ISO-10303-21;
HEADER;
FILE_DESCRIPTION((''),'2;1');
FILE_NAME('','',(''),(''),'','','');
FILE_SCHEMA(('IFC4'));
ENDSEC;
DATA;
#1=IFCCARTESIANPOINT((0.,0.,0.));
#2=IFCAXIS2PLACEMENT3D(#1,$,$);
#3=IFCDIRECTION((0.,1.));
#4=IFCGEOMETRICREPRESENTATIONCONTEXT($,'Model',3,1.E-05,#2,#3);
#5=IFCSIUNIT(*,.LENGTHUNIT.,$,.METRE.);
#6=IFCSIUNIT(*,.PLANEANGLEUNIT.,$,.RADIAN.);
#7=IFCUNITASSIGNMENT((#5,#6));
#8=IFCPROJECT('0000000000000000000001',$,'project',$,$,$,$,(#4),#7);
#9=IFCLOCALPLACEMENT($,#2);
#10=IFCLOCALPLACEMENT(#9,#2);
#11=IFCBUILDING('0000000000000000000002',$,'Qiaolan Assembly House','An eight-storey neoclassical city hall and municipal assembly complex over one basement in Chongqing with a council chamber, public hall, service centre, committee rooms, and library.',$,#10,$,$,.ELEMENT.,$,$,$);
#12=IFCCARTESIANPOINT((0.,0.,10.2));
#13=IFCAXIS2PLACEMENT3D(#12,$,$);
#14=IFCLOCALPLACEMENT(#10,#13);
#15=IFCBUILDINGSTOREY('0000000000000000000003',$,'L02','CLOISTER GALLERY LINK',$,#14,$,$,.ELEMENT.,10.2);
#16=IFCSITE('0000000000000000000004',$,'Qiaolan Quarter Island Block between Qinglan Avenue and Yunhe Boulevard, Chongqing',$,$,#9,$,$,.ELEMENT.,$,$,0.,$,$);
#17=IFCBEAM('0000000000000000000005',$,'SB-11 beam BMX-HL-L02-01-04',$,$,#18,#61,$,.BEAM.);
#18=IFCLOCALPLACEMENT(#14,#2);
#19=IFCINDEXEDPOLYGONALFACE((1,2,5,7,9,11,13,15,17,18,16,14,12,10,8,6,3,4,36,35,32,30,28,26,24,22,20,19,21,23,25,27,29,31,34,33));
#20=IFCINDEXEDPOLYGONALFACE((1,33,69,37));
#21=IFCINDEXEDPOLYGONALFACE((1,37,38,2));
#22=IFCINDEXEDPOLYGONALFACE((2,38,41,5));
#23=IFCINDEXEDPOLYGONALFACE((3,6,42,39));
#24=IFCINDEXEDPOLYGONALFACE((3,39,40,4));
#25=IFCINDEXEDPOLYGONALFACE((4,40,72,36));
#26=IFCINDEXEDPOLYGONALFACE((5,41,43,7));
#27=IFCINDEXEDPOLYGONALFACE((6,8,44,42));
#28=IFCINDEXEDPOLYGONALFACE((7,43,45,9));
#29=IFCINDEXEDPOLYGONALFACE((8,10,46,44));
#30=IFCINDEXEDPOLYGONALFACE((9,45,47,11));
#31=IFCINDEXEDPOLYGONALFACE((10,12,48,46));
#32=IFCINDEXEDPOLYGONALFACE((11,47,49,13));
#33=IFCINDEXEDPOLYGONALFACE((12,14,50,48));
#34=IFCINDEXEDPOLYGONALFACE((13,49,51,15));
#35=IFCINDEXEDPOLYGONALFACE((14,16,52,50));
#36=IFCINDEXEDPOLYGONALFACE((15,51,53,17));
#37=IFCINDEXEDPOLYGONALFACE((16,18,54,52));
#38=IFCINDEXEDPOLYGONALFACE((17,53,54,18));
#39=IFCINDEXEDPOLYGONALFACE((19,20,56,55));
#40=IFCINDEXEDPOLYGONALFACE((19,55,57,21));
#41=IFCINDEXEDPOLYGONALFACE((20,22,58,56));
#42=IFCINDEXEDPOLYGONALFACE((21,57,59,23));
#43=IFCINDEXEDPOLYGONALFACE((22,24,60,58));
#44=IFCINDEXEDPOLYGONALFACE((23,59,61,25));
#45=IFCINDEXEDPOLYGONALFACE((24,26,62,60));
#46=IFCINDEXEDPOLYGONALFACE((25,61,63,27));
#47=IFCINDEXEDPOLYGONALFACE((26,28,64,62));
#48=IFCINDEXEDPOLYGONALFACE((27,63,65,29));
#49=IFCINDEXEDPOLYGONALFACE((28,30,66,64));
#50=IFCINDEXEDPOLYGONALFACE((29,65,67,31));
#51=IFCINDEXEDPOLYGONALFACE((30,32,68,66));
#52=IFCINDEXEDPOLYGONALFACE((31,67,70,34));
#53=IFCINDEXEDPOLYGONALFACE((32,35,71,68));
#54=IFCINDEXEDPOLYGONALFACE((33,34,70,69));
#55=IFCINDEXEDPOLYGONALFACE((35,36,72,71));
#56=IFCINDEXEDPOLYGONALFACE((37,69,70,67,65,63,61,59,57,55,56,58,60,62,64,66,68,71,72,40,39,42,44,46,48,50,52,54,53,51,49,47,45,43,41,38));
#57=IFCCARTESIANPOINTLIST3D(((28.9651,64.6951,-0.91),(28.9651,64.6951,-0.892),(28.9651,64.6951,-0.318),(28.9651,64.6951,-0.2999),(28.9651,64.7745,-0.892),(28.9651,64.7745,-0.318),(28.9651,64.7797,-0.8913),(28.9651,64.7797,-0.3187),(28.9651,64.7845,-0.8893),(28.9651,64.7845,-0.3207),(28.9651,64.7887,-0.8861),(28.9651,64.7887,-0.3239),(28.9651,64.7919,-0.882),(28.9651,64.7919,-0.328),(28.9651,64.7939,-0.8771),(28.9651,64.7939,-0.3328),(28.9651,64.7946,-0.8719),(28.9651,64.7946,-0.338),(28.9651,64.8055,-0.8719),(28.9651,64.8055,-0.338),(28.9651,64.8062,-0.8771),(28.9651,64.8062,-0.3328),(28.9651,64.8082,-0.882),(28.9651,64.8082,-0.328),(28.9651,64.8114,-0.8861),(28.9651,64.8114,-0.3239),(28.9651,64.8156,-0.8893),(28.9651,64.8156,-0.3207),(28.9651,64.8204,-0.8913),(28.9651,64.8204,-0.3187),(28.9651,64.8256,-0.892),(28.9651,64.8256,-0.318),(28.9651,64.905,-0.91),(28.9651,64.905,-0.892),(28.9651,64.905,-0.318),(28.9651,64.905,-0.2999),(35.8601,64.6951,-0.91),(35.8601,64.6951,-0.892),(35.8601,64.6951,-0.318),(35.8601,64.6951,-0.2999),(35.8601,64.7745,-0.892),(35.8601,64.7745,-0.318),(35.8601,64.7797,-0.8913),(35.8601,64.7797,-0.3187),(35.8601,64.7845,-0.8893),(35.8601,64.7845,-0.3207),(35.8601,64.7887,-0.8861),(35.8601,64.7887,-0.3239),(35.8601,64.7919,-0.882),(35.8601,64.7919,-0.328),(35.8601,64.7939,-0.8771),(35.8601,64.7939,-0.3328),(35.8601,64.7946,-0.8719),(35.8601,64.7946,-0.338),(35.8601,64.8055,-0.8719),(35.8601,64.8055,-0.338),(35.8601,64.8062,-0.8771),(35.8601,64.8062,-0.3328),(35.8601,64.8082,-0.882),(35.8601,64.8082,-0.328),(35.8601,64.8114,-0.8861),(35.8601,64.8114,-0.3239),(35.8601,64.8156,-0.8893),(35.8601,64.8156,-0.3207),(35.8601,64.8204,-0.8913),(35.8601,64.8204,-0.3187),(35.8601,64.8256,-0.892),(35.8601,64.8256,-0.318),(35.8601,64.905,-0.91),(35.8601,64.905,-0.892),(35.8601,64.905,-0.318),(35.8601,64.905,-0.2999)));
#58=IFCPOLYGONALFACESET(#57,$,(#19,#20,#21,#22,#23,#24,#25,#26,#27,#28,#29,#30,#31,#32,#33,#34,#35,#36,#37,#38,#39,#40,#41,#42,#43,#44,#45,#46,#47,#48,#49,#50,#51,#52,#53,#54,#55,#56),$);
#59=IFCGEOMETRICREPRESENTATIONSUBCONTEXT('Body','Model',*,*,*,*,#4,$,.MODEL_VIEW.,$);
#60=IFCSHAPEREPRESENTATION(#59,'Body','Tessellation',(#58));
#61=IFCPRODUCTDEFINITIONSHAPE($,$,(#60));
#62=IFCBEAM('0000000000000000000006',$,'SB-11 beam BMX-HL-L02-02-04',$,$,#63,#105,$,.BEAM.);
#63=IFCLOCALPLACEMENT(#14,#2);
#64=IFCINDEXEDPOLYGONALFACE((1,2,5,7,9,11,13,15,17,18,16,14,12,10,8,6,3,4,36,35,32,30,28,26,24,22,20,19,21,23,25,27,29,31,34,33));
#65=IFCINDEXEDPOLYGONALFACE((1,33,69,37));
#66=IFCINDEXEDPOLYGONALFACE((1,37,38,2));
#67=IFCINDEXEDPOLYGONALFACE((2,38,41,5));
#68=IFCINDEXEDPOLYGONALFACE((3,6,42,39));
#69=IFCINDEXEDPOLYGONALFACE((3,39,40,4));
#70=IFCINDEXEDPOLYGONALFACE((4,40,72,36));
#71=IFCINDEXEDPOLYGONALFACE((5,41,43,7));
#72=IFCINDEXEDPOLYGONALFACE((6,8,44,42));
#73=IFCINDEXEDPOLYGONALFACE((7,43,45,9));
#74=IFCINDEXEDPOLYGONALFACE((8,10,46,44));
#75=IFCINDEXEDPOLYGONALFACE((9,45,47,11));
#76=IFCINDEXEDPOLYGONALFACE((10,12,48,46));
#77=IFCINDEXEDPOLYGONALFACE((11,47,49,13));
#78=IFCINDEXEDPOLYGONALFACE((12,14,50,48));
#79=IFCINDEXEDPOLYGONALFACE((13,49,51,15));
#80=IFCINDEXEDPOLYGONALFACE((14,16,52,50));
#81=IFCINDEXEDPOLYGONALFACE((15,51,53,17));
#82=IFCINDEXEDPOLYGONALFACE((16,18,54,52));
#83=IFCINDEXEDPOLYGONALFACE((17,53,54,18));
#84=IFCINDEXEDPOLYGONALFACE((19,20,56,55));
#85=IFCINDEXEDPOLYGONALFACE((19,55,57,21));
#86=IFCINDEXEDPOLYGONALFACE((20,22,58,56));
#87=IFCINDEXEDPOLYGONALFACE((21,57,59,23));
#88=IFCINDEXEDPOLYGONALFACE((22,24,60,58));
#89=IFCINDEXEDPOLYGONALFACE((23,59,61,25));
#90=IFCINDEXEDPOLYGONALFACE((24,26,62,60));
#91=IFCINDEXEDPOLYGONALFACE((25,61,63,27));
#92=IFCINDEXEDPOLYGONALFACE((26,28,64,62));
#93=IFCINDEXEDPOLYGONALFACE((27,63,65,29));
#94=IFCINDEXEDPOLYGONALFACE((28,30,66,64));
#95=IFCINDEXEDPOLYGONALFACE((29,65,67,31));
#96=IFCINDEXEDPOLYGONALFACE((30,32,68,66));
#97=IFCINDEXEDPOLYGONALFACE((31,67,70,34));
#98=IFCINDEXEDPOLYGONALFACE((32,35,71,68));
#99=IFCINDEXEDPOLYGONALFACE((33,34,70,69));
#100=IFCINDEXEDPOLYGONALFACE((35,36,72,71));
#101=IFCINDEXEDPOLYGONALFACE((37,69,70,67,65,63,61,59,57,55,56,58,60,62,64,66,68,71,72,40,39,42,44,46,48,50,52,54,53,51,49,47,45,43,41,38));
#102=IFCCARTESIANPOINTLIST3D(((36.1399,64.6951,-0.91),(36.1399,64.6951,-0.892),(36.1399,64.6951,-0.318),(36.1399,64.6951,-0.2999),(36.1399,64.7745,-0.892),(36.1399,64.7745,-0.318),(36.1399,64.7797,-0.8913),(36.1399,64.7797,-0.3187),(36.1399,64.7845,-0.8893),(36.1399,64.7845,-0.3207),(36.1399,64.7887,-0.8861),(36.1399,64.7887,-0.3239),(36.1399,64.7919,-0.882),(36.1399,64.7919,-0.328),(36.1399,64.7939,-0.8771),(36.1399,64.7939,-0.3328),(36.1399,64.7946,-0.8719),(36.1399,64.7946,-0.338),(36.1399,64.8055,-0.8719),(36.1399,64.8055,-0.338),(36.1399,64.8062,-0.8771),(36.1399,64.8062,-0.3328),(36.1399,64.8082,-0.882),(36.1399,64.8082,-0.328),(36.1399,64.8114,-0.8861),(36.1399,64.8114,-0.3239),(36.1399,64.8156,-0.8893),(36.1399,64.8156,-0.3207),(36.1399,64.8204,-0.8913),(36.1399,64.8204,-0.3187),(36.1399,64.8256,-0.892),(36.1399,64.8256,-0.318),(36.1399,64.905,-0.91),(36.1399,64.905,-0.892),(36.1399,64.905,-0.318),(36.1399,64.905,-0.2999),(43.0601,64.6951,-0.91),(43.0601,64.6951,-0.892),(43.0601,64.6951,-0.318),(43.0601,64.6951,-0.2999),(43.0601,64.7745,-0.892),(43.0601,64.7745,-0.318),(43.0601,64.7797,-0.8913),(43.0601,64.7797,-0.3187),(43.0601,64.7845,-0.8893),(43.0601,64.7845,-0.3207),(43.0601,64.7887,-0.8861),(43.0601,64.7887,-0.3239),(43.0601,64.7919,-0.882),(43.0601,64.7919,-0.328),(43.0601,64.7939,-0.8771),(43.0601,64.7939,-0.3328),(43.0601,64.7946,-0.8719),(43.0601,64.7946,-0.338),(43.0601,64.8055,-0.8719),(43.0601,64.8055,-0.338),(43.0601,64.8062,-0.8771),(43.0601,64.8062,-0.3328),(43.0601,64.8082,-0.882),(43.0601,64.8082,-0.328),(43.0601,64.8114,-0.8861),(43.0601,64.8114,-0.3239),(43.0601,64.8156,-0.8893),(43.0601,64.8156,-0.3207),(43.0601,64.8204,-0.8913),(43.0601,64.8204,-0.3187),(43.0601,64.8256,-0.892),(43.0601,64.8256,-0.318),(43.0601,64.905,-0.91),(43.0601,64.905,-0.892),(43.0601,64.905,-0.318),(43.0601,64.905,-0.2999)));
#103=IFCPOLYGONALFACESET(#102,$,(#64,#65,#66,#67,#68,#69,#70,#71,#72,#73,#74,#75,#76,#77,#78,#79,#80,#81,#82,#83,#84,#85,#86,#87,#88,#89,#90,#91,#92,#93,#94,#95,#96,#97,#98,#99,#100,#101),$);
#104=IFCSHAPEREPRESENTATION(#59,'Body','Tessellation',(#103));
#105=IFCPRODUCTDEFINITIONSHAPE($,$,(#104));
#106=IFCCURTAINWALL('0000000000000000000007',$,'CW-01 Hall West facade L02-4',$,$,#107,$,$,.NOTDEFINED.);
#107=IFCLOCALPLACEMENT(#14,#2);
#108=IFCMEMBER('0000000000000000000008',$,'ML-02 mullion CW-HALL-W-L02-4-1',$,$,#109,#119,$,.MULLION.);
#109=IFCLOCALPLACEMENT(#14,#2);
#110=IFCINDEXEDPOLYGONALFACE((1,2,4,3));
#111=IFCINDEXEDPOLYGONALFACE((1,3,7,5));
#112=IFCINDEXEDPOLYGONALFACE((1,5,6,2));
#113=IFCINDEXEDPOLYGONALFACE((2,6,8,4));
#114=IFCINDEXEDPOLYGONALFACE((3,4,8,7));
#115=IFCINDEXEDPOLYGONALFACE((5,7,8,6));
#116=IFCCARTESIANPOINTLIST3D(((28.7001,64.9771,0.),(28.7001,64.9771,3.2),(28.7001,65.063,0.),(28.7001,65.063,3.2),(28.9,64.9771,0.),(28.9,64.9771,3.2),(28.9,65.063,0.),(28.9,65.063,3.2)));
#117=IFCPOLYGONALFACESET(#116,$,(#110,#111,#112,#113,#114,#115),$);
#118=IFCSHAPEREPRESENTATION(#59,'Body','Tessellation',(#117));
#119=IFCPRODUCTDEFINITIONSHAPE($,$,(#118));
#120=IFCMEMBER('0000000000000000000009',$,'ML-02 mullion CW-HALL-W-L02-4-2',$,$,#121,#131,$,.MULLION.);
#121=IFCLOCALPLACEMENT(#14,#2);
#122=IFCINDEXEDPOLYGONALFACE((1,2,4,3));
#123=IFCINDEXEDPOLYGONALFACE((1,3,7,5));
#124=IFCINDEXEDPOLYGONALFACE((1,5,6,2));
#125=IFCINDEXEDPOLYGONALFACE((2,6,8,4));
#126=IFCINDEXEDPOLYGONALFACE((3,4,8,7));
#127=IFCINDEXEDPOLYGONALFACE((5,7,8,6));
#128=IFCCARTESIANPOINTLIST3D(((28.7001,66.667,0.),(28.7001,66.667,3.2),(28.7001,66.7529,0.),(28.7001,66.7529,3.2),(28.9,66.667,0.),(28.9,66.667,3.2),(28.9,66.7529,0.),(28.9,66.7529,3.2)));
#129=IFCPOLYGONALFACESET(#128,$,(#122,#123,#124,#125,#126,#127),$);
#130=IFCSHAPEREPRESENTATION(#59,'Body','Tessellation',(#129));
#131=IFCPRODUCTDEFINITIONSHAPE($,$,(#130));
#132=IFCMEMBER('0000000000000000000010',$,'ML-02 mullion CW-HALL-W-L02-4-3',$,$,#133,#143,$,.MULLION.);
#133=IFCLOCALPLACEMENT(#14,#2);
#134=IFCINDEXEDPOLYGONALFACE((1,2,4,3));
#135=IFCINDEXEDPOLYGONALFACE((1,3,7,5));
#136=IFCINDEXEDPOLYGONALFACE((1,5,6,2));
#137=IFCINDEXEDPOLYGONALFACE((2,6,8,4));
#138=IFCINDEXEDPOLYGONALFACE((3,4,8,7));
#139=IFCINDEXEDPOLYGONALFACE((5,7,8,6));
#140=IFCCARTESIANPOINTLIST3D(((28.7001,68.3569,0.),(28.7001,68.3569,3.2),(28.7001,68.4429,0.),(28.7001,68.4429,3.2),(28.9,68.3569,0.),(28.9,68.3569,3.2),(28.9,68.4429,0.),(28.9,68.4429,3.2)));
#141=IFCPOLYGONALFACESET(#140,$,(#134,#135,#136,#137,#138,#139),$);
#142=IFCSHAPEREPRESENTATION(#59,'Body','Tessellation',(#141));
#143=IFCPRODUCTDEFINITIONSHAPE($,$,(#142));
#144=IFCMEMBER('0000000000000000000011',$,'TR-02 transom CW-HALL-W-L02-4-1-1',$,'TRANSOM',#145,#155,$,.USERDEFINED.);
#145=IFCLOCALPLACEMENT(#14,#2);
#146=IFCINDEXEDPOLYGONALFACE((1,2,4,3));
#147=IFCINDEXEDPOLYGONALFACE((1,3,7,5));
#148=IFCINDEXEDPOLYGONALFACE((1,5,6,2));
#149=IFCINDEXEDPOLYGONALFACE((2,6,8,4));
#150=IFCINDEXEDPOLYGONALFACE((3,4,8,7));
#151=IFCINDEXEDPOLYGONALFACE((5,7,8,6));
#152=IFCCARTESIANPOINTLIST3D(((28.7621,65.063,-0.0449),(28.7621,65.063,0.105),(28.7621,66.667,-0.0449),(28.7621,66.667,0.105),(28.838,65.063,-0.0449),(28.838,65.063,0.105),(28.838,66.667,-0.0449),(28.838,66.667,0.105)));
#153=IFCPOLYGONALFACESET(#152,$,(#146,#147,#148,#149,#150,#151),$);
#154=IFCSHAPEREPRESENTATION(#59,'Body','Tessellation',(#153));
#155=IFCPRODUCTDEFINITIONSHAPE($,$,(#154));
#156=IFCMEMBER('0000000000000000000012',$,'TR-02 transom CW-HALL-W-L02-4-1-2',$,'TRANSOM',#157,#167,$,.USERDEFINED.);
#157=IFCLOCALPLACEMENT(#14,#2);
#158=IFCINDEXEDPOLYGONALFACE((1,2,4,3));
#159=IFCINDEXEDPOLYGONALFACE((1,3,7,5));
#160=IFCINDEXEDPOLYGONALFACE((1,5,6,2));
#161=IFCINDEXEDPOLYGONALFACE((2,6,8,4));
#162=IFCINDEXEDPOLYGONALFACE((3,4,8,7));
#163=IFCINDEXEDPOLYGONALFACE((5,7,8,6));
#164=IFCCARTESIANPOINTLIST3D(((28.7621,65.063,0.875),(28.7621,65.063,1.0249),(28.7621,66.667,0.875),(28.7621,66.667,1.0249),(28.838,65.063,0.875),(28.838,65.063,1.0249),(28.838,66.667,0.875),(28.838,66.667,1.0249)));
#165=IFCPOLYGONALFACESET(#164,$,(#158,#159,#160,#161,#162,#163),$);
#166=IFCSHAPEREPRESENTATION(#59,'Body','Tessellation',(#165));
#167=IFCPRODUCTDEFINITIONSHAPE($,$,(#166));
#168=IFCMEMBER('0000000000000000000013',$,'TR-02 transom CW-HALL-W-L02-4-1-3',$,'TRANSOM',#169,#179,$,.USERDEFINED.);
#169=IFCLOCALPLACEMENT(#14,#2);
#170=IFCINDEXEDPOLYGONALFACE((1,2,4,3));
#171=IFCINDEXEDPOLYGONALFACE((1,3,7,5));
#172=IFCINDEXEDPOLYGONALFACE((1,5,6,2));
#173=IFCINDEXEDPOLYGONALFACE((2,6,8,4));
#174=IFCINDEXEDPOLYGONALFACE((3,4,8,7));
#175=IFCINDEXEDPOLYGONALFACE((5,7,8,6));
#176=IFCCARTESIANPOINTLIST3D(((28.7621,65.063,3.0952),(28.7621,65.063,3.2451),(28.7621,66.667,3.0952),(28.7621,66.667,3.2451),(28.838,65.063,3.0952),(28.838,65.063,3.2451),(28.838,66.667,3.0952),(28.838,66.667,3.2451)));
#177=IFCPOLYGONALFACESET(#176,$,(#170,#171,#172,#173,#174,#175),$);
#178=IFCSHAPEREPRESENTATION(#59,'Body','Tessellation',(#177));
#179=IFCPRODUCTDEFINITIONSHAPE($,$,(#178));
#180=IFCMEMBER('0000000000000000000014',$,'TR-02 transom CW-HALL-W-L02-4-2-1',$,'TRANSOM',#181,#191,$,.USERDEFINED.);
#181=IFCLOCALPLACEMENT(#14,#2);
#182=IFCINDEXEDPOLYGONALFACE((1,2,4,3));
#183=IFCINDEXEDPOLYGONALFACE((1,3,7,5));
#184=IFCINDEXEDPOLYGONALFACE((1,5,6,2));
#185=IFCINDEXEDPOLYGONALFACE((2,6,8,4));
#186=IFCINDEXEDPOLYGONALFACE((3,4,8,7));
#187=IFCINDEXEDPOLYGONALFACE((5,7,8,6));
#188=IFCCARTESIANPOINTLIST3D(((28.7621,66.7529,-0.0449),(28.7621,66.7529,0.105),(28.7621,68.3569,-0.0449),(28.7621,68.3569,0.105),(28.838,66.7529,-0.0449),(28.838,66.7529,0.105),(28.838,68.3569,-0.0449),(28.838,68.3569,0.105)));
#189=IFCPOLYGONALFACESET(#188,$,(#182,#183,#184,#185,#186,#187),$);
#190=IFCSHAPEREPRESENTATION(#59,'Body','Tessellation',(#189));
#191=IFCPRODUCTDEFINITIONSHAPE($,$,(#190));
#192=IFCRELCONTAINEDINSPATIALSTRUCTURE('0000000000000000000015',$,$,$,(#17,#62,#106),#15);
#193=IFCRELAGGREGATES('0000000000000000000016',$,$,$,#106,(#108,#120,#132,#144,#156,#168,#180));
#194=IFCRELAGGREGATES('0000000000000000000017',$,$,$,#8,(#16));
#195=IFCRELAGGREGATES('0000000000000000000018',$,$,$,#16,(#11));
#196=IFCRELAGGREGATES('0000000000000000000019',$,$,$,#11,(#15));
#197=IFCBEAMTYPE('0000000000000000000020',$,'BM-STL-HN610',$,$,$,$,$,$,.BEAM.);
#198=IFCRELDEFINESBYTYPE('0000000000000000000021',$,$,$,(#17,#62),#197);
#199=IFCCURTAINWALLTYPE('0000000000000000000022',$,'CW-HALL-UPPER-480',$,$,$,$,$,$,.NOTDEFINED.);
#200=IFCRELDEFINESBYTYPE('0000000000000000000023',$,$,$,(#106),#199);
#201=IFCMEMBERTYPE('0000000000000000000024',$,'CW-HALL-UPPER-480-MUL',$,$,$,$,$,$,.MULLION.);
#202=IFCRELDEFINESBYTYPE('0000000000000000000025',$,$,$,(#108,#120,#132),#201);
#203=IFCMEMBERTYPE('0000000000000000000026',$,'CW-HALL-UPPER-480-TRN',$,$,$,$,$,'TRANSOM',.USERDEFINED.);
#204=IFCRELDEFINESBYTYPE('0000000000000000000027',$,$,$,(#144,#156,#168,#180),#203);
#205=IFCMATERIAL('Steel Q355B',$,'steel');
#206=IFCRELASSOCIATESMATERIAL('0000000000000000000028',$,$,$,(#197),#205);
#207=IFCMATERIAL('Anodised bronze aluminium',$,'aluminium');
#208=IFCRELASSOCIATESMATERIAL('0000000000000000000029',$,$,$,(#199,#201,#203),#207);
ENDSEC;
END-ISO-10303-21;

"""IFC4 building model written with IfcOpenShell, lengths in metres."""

from ifc_helpers import new_model, si_unit, direction, frame, origin, origin_2d, place, context, subcontext, project, spatial, rectangle, i_section, extrude, material, material_profile, profile_set, type_object, element, aggregate, save


model = new_model("IFC4")

# Units and contexts
model_context = context("Model", 3, precision=1e-05, world=origin(), true_north=direction((0.0, 1.0)))
body_context = subcontext(model_context, "Body", "Model", "MODEL_VIEW")
ifc_project = project(units=[si_unit("LENGTHUNIT", "METRE"), si_unit("PLANEANGLEUNIT", "RADIAN")], contexts=[model_context])

# Site, building, storey
site_placement = place(None, origin())
site = spatial("IfcSite", under=ifc_project, at=site_placement, Name="Qiaolan Quarter Island Block between Qinglan Avenue and Yunhe Boulevard, Chongqing", CompositionType="ELEMENT", RefElevation=0.0)
building_placement = place(site_placement, origin())
building = spatial("IfcBuilding", under=site, at=building_placement, Name="Qiaolan Assembly House", Description="An eight-storey neoclassical city hall and municipal assembly complex over one basement in Chongqing with a council chamber, public hall, service centre, committee rooms, and library.", CompositionType="ELEMENT")
storey_placement = place(building_placement, frame((0.0, 0.0, 10.2)))
storey = spatial("IfcBuildingStorey", under=building, at=storey_placement, Name="L02", Description="CLOISTER GALLERY LINK", CompositionType="ELEMENT", Elevation=10.2)

# Shared definitions
ifc_material_1 = material(Name="Steel Q355B", Category="steel")

# Beams
ifc_material_profile_1 = material_profile(ifc_material_1, i_section(OverallWidth=0.21, OverallDepth=0.6101, WebThickness=0.011, FlangeThickness=0.0181, FilletRadius=0.02, at=origin_2d()), Name="HN 610x210x11x18")
ifc_profile_set_1 = profile_set([ifc_material_profile_1], Name="Steel Q355B")
beam_type_1 = type_object("IfcBeamType", Name="BM-STL-HN610", PredefinedType="BEAM", material=ifc_profile_set_1)
beam_1_placement = place(storey_placement, frame((28.9651, 64.8, -0.605), z_axis=(1.0, 0.0, 0.0), x_axis=(0.0, 1.0, 0.0)))
element("IfcBeam", 1, at=beam_1_placement, inside=storey, type_object=beam_type_1, Name="SB-11 beam BMX-HL-L02-01-04", PredefinedType="BEAM", context=body_context, shape_type="SweptSolid", body=[
    extrude(i_section(OverallWidth=0.21, OverallDepth=0.6101, WebThickness=0.011, FlangeThickness=0.0181, FilletRadius=0.02, at=origin_2d()), origin(), (0.0, 0.0, 1.0), 6.895),
])
beam_2_placement = place(storey_placement, frame((36.1399, 64.8, -0.605), z_axis=(1.0, 0.0, 0.0), x_axis=(0.0, 1.0, 0.0)))
element("IfcBeam", 2, at=beam_2_placement, inside=storey, type_object=beam_type_1, Name="SB-11 beam BMX-HL-L02-02-04", PredefinedType="BEAM", context=body_context, shape_type="SweptSolid", body=[
    extrude(i_section(OverallWidth=0.21, OverallDepth=0.6101, WebThickness=0.011, FlangeThickness=0.0181, FilletRadius=0.02, at=origin_2d()), origin(), (0.0, 0.0, 1.0), 6.9202),
])

# Curtain wall, members
ifc_material_2 = material(Name="Anodised bronze aluminium", Category="aluminium")
curtain_wall_type = type_object("IfcCurtainWallType", Name="CW-HALL-UPPER-480", PredefinedType="NOTDEFINED", material=ifc_material_2)
curtain_wall_placement = place(storey_placement, origin())
curtain_wall = element("IfcCurtainWall", 3, at=curtain_wall_placement, inside=storey, type_object=curtain_wall_type, Name="CW-01 Hall West facade L02-4", PredefinedType="NOTDEFINED")
ifc_material_profile_2 = material_profile(ifc_material_2, rectangle(XDim=0.0859, YDim=0.2, at=origin_2d()), Name="MUL 86x200")
ifc_profile_set_2 = profile_set([ifc_material_profile_2], Name="Anodised bronze aluminium")
member_type_1 = type_object("IfcMemberType", Name="CW-HALL-UPPER-480-MUL", PredefinedType="MULLION", material=ifc_profile_set_2)
member_1_placement = place(storey_placement, frame((28.8, 65.02, 0.0), z_axis=(0.0, 0.0, 1.0), x_axis=(0.0, 1.0, 0.0)))
member_1 = element("IfcMember", 4, at=member_1_placement, type_object=member_type_1, Name="ML-02 mullion CW-HALL-W-L02-4-1", PredefinedType="MULLION", context=body_context, shape_type="SweptSolid", body=[
    extrude(rectangle(XDim=0.0859, YDim=0.2, at=origin_2d()), origin(), (0.0, 0.0, 1.0), 3.2),
])
member_2_placement = place(storey_placement, frame((28.8, 66.71, 0.0), z_axis=(0.0, 0.0, 1.0), x_axis=(0.0, 1.0, 0.0)))
member_2 = element("IfcMember", 5, at=member_2_placement, type_object=member_type_1, Name="ML-02 mullion CW-HALL-W-L02-4-2", PredefinedType="MULLION", context=body_context, shape_type="SweptSolid", body=[
    extrude(rectangle(XDim=0.0859, YDim=0.2, at=origin_2d()), origin(), (0.0, 0.0, 1.0), 3.2),
])
member_3_placement = place(storey_placement, frame((28.8, 68.3999, 0.0), z_axis=(0.0, 0.0, 1.0), x_axis=(0.0, 1.0, 0.0)))
member_3 = element("IfcMember", 6, at=member_3_placement, type_object=member_type_1, Name="ML-02 mullion CW-HALL-W-L02-4-3", PredefinedType="MULLION", context=body_context, shape_type="SweptSolid", body=[
    extrude(rectangle(XDim=0.0859, YDim=0.2, at=origin_2d()), origin(), (0.0, 0.0, 1.0), 3.2),
])
ifc_material_profile_3 = material_profile(ifc_material_2, rectangle(XDim=0.0759, YDim=0.1499, at=origin_2d()), Name="TRN 76x150")
ifc_profile_set_3 = profile_set([ifc_material_profile_3], Name="Anodised bronze aluminium")
member_type_2 = type_object("IfcMemberType", Name="CW-HALL-UPPER-480-TRN", ElementType="TRANSOM", PredefinedType="USERDEFINED", material=ifc_profile_set_3)
member_4_placement = place(storey_placement, frame((28.8, 65.063, 0.03), z_axis=(0.0, 1.0, 0.0), x_axis=(-1.0, 0.0, 0.0)))
member_4 = element("IfcMember", 7, at=member_4_placement, type_object=member_type_2, Name="TR-02 transom CW-HALL-W-L02-4-1-1", ObjectType="TRANSOM", PredefinedType="USERDEFINED", context=body_context, shape_type="SweptSolid", body=[
    extrude(rectangle(XDim=0.0759, YDim=0.1499, at=origin_2d()), origin(), (0.0, 0.0, 1.0), 1.604),
])
member_5_placement = place(storey_placement, frame((28.8, 65.063, 0.95), z_axis=(0.0, 1.0, 0.0), x_axis=(-1.0, 0.0, 0.0)))
member_5 = element("IfcMember", 8, at=member_5_placement, type_object=member_type_2, Name="TR-02 transom CW-HALL-W-L02-4-1-2", ObjectType="TRANSOM", PredefinedType="USERDEFINED", context=body_context, shape_type="SweptSolid", body=[
    extrude(rectangle(XDim=0.0759, YDim=0.1499, at=origin_2d()), origin(), (0.0, 0.0, 1.0), 1.604),
])
member_6_placement = place(storey_placement, frame((28.8, 65.063, 3.1702), z_axis=(0.0, 1.0, 0.0), x_axis=(-1.0, 0.0, 0.0)))
member_6 = element("IfcMember", 9, at=member_6_placement, type_object=member_type_2, Name="TR-02 transom CW-HALL-W-L02-4-1-3", ObjectType="TRANSOM", PredefinedType="USERDEFINED", context=body_context, shape_type="SweptSolid", body=[
    extrude(rectangle(XDim=0.0759, YDim=0.1499, at=origin_2d()), origin(), (0.0, 0.0, 1.0), 1.604),
])
member_7_placement = place(storey_placement, frame((28.8, 66.7529, 0.03), z_axis=(0.0, 1.0, 0.0), x_axis=(-1.0, 0.0, 0.0)))
member_7 = element("IfcMember", 10, at=member_7_placement, type_object=member_type_2, Name="TR-02 transom CW-HALL-W-L02-4-2-1", ObjectType="TRANSOM", PredefinedType="USERDEFINED", context=body_context, shape_type="SweptSolid", body=[
    extrude(rectangle(XDim=0.0759, YDim=0.1499, at=origin_2d()), origin(), (0.0, 0.0, 1.0), 1.604),
])

aggregate(curtain_wall, [member_1, member_2, member_3, member_4, member_5, member_6, member_7])

save(model, "model.ifc")
